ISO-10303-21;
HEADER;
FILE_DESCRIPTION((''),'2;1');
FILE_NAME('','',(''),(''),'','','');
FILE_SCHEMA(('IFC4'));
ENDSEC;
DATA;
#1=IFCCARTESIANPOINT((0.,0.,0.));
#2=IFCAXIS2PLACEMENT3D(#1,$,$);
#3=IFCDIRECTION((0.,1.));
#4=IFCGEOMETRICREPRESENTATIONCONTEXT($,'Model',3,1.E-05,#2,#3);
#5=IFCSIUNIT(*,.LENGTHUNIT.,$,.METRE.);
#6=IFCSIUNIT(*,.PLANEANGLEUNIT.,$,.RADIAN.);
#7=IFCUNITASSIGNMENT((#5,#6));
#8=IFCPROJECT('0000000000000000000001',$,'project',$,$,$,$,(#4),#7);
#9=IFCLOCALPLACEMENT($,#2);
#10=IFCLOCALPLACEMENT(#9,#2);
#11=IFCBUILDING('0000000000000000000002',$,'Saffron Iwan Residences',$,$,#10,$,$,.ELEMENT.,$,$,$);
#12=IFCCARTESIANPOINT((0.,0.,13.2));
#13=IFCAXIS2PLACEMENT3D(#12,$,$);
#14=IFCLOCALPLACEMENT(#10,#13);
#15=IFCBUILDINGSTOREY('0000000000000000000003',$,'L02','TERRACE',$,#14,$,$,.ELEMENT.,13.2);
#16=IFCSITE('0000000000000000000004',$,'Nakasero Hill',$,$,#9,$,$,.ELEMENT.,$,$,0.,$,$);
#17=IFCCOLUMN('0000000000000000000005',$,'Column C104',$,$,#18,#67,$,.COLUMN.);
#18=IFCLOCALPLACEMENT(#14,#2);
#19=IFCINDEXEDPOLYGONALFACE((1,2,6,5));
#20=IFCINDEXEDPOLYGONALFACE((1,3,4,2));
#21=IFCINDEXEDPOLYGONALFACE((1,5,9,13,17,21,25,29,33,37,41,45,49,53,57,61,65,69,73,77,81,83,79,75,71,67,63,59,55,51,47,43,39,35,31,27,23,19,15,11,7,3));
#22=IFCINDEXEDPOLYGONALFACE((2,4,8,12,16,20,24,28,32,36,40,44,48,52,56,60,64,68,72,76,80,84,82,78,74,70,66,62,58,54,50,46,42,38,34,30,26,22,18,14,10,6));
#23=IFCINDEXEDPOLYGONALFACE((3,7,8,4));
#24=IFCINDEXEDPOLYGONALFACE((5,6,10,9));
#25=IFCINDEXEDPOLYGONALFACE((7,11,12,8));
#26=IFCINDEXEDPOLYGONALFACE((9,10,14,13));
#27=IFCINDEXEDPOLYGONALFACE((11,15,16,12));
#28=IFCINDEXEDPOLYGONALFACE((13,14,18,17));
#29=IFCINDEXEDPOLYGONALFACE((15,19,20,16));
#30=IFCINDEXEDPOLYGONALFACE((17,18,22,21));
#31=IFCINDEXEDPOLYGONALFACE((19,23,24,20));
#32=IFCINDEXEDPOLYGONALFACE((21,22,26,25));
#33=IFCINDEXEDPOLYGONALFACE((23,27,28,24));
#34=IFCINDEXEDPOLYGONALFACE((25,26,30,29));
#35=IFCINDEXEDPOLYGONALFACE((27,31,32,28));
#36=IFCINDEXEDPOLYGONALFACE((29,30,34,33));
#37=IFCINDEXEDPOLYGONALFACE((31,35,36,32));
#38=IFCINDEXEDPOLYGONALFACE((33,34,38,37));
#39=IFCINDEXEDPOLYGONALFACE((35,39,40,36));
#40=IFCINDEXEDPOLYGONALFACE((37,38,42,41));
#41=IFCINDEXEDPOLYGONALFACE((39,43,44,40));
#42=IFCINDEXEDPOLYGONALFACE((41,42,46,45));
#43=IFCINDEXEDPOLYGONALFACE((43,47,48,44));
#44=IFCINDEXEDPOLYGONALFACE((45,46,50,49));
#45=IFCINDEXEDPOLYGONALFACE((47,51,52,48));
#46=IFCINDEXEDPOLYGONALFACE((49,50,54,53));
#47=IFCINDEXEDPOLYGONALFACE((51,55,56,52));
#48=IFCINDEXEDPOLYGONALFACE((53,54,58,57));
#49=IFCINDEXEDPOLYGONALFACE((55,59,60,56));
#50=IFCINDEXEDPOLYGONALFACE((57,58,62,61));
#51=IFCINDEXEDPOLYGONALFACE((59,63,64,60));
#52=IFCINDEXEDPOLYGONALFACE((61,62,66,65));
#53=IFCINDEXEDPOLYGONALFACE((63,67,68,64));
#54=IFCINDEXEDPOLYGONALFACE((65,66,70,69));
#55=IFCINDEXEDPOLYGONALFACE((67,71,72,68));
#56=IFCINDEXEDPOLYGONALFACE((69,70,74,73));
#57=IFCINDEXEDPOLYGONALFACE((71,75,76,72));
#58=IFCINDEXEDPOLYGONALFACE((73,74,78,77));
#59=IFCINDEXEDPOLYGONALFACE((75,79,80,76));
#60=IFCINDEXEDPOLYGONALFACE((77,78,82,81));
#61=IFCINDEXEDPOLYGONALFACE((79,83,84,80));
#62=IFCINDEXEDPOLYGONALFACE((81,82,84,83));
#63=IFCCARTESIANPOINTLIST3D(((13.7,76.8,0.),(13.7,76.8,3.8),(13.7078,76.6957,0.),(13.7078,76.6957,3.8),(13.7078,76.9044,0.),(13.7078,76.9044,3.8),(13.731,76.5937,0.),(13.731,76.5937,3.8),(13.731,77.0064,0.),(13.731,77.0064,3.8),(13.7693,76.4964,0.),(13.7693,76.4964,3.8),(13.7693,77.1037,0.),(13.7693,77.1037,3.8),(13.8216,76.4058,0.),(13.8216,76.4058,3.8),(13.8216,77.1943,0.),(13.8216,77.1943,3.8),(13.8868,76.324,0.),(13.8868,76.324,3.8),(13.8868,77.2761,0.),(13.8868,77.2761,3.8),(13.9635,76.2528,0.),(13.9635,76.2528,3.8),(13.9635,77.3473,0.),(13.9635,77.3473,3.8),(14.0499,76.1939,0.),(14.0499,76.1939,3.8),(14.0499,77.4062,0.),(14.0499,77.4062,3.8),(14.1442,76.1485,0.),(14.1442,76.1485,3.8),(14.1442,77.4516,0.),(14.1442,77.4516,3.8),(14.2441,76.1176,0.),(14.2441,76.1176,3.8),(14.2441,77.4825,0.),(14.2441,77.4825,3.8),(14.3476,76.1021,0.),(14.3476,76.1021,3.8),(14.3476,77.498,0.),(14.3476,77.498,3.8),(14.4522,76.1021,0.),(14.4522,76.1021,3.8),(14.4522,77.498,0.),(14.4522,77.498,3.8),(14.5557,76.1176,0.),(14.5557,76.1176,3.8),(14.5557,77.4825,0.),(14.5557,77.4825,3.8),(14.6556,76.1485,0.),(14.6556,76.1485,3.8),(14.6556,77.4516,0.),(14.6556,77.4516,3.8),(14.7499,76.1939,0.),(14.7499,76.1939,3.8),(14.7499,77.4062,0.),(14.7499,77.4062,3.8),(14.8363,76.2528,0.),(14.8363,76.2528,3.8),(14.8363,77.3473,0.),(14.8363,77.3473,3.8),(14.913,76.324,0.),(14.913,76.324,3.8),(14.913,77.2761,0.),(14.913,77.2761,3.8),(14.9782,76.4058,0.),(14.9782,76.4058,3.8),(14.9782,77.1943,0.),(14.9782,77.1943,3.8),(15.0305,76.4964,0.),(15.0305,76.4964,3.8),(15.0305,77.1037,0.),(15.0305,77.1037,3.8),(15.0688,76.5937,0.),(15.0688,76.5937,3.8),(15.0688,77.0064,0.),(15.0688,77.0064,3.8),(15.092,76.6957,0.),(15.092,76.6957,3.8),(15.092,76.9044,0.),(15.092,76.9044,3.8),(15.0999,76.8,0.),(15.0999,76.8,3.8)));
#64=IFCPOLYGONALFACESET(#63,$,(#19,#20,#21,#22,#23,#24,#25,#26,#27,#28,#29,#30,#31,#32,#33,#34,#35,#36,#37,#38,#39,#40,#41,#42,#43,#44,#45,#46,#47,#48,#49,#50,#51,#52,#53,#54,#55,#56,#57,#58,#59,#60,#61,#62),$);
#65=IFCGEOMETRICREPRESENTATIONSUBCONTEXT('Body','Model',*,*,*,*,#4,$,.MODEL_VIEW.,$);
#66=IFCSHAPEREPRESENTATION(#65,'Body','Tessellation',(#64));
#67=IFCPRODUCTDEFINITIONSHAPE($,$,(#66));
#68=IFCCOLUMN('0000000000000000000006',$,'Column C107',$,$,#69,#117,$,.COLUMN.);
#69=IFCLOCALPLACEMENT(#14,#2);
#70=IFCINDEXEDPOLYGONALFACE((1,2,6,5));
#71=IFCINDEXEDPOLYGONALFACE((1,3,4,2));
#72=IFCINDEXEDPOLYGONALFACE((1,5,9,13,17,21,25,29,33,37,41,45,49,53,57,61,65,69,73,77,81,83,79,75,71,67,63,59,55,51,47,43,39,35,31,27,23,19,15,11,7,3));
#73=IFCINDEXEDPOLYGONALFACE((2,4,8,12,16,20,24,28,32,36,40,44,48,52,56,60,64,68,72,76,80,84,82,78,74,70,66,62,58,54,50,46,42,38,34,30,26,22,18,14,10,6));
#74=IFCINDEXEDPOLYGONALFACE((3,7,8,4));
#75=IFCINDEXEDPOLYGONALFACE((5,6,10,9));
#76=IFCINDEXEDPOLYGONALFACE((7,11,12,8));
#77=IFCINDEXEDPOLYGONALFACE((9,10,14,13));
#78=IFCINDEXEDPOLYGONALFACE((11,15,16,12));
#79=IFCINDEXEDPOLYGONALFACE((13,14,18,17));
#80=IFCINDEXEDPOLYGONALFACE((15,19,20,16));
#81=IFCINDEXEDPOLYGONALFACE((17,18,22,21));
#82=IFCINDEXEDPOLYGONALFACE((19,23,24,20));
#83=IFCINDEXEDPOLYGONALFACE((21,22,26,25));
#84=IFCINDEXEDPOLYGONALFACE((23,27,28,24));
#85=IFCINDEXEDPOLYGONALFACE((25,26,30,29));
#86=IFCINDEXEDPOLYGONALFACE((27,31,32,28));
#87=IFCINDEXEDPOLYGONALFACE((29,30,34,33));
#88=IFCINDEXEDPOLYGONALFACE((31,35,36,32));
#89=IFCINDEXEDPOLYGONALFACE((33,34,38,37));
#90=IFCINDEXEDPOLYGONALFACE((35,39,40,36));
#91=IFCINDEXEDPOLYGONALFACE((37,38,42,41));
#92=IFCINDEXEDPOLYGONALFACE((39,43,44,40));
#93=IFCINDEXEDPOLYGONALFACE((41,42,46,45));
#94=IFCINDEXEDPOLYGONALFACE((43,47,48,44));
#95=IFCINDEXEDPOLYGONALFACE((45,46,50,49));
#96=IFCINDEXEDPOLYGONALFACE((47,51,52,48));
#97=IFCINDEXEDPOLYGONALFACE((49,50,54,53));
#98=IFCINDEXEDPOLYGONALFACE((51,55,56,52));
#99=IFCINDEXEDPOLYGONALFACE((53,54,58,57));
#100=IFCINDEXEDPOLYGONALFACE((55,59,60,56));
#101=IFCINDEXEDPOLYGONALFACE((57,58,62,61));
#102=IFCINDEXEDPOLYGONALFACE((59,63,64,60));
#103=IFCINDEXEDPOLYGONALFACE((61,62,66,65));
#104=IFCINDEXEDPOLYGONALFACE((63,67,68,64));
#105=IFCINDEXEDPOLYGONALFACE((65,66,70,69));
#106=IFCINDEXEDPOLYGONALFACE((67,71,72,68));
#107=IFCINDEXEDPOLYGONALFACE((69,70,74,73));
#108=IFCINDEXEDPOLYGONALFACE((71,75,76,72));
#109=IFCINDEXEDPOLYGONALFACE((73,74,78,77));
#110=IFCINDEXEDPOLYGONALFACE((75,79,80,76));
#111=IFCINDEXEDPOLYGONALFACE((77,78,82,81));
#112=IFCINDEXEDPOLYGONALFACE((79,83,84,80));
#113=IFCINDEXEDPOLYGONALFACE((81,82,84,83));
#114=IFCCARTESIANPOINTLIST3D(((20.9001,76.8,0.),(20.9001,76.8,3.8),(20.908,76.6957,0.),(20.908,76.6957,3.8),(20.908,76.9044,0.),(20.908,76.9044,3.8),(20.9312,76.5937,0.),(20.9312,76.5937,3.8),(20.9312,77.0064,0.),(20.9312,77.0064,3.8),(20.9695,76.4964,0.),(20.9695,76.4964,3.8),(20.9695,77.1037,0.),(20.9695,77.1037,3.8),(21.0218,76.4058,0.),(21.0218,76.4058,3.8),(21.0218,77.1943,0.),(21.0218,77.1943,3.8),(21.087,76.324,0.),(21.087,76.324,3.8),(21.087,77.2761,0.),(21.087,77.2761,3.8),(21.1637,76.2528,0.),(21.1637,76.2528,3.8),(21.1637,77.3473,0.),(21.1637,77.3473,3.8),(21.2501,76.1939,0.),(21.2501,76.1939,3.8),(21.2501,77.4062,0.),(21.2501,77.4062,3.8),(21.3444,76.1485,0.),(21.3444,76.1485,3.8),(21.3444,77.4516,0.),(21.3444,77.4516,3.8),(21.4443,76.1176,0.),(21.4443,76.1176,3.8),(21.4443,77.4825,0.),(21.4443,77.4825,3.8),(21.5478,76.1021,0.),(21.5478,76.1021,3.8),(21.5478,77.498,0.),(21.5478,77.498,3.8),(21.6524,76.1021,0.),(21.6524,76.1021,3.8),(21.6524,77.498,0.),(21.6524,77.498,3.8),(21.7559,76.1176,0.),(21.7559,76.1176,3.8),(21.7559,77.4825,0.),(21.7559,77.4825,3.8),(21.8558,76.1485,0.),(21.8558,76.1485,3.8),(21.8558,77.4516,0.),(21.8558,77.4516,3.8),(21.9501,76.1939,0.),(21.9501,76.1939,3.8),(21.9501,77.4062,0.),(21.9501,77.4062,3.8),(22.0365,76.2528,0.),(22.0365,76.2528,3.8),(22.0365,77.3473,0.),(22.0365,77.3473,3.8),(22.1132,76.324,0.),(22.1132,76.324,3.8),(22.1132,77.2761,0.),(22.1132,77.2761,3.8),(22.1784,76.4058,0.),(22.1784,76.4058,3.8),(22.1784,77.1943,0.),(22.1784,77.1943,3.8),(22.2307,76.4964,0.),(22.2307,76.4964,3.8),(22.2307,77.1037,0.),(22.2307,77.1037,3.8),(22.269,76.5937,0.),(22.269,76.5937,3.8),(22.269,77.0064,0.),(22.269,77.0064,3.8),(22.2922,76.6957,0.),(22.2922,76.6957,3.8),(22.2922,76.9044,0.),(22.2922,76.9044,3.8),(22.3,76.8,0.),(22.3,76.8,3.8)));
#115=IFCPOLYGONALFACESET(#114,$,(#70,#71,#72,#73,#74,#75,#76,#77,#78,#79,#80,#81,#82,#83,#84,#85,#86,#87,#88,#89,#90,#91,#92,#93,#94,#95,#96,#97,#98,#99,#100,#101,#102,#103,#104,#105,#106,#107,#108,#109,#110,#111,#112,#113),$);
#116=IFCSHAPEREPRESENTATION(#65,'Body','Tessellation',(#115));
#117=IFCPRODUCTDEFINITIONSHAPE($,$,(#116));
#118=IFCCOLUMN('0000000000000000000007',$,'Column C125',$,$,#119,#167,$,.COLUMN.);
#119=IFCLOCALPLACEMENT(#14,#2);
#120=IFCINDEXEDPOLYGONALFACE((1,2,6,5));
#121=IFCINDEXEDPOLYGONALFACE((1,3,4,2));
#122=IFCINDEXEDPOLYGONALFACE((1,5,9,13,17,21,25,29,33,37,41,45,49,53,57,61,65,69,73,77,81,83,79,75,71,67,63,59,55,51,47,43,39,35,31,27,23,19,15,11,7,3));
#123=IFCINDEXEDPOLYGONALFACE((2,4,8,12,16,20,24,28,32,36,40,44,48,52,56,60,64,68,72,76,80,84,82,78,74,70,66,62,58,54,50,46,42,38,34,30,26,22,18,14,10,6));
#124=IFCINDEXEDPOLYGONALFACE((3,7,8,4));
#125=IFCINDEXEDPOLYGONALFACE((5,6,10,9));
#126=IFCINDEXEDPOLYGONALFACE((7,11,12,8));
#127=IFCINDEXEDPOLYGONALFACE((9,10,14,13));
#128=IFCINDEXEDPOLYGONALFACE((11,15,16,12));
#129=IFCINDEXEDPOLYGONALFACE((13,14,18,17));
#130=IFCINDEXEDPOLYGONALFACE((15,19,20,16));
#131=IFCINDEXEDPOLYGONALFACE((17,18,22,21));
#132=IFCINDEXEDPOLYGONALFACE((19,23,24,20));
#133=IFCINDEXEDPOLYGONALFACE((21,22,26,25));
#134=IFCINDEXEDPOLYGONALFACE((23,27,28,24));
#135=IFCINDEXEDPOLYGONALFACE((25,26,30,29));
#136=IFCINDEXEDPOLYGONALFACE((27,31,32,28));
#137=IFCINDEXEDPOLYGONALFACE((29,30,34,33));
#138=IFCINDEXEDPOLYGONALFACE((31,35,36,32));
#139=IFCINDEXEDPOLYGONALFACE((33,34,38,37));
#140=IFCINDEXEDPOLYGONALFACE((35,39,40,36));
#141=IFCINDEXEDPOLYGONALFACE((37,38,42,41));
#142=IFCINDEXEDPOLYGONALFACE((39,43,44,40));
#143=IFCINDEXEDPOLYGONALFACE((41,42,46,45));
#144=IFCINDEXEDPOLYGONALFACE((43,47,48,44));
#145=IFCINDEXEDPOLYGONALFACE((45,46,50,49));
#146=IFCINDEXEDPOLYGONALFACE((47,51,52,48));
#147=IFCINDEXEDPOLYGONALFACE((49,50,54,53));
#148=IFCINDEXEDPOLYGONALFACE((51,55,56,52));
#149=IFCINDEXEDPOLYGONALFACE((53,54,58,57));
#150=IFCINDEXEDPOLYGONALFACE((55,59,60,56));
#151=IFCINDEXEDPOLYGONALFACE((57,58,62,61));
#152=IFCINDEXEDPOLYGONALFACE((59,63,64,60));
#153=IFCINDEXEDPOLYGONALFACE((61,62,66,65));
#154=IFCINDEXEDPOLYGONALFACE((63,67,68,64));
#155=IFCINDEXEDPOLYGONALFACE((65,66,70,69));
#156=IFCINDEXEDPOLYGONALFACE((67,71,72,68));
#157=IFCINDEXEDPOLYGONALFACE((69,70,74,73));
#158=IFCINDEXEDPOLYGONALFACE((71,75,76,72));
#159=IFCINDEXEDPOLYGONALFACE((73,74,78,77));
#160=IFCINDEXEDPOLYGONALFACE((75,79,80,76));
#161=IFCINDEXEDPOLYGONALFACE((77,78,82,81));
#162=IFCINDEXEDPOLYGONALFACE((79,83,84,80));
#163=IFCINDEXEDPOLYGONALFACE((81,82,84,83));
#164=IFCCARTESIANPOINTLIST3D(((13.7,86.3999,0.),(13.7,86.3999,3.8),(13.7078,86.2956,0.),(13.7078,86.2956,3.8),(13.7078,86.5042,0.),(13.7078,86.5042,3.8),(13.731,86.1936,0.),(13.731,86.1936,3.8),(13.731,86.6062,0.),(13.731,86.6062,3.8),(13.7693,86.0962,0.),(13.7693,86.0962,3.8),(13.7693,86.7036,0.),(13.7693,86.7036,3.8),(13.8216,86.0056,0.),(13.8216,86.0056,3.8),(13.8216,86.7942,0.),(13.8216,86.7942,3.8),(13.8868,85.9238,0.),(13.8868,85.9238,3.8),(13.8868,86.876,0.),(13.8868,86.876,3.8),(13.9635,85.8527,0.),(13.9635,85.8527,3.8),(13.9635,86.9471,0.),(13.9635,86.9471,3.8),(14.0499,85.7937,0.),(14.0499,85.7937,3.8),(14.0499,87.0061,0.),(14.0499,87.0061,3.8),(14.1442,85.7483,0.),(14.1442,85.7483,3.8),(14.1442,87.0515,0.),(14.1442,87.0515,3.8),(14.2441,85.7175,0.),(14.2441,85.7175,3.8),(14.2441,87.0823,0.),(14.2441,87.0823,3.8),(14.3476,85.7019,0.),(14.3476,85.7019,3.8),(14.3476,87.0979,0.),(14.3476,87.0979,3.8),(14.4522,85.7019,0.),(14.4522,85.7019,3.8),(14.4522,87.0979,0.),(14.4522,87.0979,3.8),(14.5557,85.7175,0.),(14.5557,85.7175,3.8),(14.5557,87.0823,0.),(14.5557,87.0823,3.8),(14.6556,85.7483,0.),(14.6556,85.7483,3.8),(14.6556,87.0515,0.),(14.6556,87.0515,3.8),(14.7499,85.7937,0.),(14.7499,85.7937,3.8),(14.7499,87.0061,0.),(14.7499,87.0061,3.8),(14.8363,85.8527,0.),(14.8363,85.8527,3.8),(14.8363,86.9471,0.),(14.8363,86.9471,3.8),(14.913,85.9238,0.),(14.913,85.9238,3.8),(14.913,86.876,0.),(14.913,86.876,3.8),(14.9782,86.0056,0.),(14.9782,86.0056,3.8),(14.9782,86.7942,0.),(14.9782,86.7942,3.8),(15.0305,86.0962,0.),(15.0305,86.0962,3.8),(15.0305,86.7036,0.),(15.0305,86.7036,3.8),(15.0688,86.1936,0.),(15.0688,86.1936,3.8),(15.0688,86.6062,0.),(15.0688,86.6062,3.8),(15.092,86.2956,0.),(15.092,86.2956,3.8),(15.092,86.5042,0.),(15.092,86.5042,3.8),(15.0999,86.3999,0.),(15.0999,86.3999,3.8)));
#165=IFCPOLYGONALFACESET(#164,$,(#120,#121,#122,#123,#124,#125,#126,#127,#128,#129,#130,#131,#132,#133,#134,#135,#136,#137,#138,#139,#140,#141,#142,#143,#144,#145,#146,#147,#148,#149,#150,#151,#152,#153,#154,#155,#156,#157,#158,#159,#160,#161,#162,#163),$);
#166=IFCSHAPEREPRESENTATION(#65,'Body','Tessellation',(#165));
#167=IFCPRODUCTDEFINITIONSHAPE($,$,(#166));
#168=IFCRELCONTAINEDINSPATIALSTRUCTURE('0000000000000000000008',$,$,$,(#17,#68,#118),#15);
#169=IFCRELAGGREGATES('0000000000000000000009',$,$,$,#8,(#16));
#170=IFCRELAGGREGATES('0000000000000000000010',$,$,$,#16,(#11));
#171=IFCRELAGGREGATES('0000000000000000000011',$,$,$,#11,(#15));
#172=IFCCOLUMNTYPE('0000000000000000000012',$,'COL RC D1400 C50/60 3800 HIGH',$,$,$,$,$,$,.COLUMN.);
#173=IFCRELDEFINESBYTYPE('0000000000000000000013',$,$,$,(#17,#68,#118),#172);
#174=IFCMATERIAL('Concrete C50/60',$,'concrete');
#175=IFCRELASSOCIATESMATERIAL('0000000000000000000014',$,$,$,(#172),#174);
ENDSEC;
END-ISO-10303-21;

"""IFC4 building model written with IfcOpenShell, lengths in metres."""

from ifc_helpers import new_model, si_unit, direction, frame, origin, origin_2d, place, context, subcontext, project, spatial, circle, extrude, source, transform, mapped, material, material_profile, profile_set, type_object, element, save


model = new_model("IFC4")

# Units and contexts
model_context = context("Model", 3, precision=1e-05, world=origin(), true_north=direction((0.0, 1.0)))
body_context = subcontext(model_context, "Body", "Model", "MODEL_VIEW")
ifc_project = project(units=[si_unit("LENGTHUNIT", "METRE"), si_unit("PLANEANGLEUNIT", "RADIAN")], contexts=[model_context])

# Site, building, storey
site_placement = place(None, origin())
site = spatial("IfcSite", under=ifc_project, at=site_placement, Name="Nakasero Hill", CompositionType="ELEMENT", RefElevation=0.0)
building_placement = place(site_placement, origin())
building = spatial("IfcBuilding", under=site, at=building_placement, Name="Saffron Iwan Residences", CompositionType="ELEMENT")
storey_placement = place(building_placement, frame((0.0, 0.0, 13.2)))
storey = spatial("IfcBuildingStorey", under=building, at=storey_placement, Name="L02", Description="TERRACE", CompositionType="ELEMENT", Elevation=13.2)

# Columns
ifc_material_1 = material(Name="Concrete C50/60", Category="concrete")
ifc_material_profile_1 = material_profile(ifc_material_1, circle(Radius=0.7, at=origin_2d()), Name="RC D1400")
ifc_profile_set_1 = profile_set([ifc_material_profile_1], Name="Concrete C50/60")
column_type = type_object("IfcColumnType", Name="COL RC D1400 C50/60 3800 HIGH", PredefinedType="COLUMN", material=ifc_profile_set_1)
shared_shape_1 = source(origin(), body_context, "Body", "SweptSolid", [
    extrude(circle(Radius=0.7, at=origin_2d()), origin(), (0.0, 0.0, 1.0), 3.8),
])
for number, where, z_axis, x_axis, name in (
    (1, (14.3999, 76.8, 0.0), (0.0, 0.0, 1.0), (1.0, 0.0, 0.0), "Column C104"),
    (2, (21.6001, 76.8, 0.0), (0.0, 0.0, 1.0), (1.0, 0.0, 0.0), "Column C107"),
    (3, (14.3999, 86.3999, 0.0), (0.0, 0.0, 1.0), (1.0, 0.0, 0.0), "Column C125"),
):
    element("IfcColumn", number, at=place(storey_placement, frame(where, z_axis=z_axis, x_axis=x_axis)), inside=storey, type_object=column_type, Name=name, PredefinedType="COLUMN", context=body_context, shape_type="MappedRepresentation", body=[
        mapped(shared_shape_1, transform((0.0, 0.0, 0.0))),
    ])

save(model, "model.ifc")
